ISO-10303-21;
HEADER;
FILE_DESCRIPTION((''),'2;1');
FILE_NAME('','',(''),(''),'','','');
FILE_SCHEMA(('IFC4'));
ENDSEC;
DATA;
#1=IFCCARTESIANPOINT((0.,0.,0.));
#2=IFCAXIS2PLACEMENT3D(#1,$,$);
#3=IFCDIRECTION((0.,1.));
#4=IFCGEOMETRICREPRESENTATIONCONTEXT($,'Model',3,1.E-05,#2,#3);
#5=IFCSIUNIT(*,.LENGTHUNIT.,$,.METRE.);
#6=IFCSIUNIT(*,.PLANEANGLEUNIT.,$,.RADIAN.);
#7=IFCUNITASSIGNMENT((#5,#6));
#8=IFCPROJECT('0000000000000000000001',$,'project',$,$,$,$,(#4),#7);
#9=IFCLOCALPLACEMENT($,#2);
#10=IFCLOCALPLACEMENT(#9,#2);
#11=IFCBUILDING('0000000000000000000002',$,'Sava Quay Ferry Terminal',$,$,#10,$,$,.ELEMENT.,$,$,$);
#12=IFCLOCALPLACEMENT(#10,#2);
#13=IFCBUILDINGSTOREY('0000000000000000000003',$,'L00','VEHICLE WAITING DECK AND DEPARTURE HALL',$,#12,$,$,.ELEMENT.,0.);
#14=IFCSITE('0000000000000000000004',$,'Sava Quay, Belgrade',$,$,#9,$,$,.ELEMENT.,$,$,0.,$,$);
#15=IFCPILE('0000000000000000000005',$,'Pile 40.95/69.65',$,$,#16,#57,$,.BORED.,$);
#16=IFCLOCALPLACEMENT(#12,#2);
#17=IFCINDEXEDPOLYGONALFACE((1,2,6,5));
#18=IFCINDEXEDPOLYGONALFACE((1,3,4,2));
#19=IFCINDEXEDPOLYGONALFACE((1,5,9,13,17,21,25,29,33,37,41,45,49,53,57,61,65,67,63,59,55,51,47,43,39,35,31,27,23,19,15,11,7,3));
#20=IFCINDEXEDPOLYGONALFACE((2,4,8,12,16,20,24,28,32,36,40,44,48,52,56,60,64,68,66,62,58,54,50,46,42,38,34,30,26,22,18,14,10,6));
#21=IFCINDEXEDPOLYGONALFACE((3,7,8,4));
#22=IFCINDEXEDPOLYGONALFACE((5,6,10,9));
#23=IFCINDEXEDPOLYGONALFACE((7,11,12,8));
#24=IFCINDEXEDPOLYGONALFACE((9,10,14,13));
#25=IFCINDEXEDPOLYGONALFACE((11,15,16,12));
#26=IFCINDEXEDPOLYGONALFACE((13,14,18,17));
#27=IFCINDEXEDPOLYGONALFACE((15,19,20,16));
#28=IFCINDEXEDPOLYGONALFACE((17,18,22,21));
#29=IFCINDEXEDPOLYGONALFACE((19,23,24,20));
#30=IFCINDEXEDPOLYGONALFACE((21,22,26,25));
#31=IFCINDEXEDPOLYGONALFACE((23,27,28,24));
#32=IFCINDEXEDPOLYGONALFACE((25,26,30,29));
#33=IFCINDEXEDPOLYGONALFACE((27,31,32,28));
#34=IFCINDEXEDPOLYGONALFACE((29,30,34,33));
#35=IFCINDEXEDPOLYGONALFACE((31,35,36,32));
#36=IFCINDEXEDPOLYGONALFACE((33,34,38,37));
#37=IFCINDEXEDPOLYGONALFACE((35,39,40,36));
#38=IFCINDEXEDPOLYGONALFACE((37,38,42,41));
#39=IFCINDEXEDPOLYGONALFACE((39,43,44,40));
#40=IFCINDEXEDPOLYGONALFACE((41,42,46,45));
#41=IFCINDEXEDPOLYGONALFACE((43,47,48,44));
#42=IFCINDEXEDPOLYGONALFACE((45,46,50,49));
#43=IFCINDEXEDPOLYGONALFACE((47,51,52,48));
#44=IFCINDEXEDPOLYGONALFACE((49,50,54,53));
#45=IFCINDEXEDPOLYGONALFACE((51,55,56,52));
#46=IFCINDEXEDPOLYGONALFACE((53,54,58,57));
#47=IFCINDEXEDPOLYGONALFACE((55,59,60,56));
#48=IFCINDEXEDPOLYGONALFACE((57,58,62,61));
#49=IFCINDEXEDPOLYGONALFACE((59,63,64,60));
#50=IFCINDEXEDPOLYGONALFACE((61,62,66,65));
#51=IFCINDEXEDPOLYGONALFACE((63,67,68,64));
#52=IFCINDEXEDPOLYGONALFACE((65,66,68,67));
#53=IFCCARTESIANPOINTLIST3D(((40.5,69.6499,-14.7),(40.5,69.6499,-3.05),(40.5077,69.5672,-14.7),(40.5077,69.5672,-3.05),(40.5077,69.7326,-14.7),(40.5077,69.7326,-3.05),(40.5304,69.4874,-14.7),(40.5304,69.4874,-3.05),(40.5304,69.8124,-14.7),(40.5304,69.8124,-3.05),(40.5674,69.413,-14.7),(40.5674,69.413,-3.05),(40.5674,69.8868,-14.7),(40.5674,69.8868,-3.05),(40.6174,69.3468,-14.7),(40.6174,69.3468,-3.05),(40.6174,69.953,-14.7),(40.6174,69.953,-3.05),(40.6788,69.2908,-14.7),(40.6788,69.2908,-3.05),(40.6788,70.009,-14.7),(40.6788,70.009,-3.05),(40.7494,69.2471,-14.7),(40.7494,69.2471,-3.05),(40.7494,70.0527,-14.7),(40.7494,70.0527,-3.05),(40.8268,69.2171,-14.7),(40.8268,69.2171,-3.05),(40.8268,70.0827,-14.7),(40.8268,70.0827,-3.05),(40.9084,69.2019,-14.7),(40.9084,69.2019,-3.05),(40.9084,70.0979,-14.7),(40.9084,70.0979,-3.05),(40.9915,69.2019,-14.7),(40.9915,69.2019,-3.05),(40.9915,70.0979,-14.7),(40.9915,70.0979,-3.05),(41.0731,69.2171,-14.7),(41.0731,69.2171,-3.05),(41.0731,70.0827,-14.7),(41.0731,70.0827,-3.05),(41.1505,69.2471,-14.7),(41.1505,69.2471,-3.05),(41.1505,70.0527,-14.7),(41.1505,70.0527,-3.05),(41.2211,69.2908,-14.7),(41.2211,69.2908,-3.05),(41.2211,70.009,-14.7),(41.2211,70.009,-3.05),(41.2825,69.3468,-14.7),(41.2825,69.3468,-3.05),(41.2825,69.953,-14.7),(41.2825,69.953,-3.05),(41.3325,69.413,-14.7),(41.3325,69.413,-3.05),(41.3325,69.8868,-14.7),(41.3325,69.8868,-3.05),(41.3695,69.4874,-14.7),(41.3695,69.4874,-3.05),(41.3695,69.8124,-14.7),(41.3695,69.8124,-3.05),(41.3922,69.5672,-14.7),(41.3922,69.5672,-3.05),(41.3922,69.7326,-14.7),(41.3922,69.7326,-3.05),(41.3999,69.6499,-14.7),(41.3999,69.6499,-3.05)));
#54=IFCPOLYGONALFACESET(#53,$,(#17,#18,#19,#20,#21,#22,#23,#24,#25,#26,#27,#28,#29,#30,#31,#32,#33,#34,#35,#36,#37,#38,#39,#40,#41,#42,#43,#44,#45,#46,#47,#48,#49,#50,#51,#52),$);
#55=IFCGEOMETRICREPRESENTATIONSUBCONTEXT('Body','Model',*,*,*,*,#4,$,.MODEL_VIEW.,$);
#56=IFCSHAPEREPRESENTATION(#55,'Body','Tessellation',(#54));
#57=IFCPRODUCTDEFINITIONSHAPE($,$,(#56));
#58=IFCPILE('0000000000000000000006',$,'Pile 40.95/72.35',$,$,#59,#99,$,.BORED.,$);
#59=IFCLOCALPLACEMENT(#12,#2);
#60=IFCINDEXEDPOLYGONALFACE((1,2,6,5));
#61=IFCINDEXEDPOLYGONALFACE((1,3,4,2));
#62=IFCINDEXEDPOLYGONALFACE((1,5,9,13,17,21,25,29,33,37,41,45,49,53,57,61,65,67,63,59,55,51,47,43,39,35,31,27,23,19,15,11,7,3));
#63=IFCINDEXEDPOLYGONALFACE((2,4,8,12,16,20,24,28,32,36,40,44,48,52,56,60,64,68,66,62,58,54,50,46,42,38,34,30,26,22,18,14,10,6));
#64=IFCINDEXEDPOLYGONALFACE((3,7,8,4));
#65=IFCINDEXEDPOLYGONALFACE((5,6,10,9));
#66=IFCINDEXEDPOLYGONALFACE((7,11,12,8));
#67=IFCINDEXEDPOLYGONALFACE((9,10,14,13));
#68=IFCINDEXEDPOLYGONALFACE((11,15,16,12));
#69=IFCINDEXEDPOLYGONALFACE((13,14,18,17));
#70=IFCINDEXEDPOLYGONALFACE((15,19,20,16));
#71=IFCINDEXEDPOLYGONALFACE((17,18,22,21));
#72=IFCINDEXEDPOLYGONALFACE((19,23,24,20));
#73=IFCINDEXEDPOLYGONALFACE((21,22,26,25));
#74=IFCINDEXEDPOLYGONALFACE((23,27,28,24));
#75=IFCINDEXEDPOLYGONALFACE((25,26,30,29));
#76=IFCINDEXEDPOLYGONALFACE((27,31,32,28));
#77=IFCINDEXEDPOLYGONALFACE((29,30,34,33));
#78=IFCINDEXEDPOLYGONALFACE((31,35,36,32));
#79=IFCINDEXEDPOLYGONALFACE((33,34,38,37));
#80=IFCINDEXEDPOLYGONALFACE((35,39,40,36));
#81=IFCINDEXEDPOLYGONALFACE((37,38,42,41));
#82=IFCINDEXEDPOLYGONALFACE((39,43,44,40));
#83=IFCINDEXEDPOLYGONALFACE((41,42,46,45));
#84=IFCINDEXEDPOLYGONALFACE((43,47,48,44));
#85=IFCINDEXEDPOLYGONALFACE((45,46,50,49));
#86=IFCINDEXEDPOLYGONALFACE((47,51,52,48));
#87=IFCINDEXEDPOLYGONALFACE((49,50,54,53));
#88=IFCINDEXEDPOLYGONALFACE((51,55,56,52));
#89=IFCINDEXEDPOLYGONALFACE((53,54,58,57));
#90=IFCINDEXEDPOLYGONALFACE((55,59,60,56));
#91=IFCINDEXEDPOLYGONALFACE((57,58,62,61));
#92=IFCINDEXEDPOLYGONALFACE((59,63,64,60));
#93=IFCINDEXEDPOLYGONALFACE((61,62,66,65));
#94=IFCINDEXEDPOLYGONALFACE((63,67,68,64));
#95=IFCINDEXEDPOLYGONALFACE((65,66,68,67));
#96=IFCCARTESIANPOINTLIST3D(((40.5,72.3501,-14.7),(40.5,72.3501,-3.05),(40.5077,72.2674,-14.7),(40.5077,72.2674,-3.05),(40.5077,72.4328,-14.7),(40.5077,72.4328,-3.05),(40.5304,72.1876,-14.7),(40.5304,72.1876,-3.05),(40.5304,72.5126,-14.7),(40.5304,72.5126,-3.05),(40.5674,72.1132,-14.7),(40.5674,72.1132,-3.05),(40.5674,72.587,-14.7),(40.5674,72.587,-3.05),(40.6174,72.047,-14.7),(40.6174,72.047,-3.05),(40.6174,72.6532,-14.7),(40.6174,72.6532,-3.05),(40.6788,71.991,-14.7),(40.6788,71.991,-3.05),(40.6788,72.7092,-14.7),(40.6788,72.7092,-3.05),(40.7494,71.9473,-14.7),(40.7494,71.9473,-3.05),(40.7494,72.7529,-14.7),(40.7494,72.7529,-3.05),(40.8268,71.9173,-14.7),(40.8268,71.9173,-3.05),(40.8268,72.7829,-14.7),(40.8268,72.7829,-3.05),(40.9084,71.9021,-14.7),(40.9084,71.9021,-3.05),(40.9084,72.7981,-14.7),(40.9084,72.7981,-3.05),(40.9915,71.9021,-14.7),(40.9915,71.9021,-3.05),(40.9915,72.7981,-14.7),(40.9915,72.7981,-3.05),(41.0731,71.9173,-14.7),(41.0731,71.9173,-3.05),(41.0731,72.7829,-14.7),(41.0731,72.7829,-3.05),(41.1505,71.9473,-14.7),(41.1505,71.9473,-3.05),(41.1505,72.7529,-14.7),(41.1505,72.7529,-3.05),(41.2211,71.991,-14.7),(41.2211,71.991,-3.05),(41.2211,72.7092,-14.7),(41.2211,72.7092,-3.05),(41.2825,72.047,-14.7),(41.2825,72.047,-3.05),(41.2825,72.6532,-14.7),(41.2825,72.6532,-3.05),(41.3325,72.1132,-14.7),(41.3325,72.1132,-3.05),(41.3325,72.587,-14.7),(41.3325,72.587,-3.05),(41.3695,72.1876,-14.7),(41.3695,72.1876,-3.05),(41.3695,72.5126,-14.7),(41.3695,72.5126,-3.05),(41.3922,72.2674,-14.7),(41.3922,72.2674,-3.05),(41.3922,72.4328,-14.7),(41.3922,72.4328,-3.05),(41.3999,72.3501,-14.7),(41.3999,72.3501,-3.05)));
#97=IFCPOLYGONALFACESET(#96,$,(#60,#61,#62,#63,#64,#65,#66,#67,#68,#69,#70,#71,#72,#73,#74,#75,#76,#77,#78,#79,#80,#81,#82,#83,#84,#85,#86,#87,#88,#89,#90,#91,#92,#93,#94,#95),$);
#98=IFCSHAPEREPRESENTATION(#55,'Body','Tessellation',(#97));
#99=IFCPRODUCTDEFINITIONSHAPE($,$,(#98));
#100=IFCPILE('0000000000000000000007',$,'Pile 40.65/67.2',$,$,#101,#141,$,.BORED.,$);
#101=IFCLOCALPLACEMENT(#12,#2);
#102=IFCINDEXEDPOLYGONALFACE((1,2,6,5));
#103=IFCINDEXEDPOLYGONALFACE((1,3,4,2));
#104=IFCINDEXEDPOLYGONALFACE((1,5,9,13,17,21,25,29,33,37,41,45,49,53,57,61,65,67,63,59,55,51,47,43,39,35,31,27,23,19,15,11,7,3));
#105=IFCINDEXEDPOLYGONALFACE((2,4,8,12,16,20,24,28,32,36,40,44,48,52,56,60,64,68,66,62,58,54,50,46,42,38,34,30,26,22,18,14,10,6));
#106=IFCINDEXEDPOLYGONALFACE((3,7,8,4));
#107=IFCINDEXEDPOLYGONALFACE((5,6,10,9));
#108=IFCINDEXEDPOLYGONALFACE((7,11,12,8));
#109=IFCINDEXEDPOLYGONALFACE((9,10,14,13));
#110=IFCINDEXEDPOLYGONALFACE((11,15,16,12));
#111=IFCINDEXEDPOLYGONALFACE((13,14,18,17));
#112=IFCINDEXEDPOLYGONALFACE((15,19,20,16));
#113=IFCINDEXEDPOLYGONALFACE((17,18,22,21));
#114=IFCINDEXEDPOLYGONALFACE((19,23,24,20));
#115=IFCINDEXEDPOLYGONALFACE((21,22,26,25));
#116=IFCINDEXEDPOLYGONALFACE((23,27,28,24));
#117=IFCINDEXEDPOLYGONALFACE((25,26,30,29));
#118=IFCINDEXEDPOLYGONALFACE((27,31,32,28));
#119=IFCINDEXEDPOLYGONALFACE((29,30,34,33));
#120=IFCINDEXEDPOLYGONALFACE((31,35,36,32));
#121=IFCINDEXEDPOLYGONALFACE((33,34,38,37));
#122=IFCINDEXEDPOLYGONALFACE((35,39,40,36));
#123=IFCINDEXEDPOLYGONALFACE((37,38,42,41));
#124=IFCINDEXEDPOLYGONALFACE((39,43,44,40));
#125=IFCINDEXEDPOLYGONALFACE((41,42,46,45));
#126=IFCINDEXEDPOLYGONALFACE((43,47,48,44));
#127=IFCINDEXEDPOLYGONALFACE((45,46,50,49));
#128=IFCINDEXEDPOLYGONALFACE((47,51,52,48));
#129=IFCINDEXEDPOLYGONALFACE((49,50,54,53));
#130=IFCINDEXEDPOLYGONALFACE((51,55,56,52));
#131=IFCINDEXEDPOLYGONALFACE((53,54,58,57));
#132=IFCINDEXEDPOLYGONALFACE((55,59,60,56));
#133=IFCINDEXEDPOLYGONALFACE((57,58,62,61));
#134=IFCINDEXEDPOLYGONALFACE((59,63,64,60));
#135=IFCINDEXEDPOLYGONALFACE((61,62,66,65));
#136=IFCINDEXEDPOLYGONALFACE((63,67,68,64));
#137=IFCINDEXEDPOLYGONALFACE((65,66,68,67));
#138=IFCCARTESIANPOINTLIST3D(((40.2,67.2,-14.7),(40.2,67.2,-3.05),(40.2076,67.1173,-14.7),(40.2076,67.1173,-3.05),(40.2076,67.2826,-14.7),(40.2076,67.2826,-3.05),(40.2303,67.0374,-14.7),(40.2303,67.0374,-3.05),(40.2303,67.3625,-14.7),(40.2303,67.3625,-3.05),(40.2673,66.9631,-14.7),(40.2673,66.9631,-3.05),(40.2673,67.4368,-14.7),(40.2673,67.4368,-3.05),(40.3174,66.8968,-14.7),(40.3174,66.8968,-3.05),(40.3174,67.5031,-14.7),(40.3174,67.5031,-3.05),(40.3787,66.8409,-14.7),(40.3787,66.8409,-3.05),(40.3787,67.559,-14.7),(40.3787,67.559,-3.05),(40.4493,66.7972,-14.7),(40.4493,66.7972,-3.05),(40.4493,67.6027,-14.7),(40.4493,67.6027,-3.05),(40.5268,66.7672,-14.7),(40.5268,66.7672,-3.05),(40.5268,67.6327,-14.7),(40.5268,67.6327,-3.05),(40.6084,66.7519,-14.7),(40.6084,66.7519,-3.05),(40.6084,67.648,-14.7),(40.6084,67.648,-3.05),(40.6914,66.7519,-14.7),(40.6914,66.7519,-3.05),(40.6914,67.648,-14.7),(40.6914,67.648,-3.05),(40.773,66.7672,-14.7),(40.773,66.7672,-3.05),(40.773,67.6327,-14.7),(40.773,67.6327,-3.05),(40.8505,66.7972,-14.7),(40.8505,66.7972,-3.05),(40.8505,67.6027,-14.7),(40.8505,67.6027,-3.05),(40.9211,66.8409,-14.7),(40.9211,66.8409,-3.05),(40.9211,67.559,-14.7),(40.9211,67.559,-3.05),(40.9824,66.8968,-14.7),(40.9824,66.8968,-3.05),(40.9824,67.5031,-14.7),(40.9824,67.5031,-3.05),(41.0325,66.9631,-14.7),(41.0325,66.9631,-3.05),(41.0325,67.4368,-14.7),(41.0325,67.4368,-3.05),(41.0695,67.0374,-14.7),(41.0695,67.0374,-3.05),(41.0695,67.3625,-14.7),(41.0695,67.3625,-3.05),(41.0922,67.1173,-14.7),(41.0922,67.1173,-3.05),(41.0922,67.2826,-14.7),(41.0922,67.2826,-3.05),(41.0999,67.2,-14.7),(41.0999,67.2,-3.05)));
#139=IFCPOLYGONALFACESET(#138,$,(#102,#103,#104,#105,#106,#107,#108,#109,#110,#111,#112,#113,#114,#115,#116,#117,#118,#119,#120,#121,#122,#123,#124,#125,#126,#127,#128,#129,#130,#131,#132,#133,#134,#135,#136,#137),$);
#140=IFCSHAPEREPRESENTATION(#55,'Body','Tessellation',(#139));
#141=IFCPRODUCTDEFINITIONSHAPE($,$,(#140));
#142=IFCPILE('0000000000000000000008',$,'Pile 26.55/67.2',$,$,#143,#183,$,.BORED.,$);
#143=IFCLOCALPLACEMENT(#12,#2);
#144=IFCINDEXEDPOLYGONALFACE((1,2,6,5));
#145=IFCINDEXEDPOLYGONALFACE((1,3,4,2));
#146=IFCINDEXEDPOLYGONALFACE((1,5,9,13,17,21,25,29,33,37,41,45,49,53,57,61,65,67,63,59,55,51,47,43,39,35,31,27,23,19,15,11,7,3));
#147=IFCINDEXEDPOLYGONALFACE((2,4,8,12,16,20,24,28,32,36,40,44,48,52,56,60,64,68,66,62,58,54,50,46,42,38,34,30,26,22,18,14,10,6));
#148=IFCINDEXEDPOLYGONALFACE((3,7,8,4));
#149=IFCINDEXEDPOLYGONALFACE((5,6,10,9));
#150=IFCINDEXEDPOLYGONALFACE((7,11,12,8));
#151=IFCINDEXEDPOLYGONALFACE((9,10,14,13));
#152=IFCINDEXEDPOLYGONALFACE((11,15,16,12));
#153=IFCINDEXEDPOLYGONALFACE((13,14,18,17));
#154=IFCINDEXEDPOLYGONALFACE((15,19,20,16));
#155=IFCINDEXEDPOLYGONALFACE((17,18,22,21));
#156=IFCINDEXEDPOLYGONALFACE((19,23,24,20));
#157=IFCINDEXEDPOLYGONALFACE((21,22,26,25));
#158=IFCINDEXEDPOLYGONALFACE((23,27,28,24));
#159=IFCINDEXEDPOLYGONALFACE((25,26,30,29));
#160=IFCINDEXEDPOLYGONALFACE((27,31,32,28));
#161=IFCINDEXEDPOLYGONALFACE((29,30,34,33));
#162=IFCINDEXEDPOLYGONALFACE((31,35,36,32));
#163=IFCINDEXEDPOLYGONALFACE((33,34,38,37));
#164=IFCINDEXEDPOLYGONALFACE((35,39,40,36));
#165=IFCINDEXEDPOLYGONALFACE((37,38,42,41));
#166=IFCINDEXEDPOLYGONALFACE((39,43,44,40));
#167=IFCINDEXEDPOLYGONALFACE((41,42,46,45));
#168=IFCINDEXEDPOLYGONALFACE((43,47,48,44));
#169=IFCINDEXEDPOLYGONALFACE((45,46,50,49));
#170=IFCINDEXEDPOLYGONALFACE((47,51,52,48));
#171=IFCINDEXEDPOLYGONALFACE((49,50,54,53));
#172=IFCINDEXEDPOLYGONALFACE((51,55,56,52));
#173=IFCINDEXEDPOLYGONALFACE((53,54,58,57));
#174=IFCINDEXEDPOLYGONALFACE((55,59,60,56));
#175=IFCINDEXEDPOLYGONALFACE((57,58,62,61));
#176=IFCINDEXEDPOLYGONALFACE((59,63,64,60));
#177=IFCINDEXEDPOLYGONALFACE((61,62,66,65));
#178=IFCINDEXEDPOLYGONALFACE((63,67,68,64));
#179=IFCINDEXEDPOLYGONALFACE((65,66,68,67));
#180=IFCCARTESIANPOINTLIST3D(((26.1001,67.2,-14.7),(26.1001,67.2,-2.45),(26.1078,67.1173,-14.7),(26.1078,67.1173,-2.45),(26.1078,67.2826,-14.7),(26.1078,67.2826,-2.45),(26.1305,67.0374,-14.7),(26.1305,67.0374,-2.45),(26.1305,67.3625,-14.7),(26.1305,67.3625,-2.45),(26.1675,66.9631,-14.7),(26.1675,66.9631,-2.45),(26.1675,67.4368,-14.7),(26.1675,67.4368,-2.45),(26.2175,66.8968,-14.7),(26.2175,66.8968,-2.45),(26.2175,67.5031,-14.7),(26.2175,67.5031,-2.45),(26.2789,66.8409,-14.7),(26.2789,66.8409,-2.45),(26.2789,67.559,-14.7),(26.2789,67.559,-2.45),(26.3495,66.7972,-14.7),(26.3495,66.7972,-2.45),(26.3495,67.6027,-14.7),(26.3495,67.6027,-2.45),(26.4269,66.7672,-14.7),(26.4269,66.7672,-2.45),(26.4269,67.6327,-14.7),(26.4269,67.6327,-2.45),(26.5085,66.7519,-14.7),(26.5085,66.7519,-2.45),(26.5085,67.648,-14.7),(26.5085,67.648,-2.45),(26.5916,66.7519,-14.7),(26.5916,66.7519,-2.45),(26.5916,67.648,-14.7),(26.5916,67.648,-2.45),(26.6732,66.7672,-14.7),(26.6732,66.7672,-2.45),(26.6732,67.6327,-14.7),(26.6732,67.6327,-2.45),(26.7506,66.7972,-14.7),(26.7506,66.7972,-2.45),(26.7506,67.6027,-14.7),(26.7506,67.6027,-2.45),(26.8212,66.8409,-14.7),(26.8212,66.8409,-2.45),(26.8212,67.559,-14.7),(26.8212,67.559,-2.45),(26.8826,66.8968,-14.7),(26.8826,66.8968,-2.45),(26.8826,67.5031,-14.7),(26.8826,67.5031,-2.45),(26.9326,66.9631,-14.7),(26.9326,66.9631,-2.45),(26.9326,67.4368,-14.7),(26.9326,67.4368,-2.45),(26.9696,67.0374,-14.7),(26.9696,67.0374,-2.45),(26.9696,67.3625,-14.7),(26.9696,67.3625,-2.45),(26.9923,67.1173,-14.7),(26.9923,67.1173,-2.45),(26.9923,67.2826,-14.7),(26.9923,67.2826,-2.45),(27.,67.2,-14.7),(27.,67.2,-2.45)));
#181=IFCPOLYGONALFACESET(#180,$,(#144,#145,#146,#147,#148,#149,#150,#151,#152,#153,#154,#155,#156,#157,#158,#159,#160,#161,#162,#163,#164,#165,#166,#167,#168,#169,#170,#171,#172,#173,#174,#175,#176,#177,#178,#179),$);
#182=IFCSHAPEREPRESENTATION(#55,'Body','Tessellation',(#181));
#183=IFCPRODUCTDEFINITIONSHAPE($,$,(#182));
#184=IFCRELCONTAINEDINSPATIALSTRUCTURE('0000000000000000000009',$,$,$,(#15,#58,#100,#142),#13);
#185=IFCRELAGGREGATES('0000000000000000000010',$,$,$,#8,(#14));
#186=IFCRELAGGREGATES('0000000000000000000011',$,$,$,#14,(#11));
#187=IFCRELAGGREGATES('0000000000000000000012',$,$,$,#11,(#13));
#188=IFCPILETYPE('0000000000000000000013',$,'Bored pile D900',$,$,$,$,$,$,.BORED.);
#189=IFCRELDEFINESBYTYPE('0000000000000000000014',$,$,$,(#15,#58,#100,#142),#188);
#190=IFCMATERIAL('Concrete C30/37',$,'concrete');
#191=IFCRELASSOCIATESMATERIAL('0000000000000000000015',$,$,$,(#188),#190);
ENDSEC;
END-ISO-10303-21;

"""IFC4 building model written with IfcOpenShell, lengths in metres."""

from ifc_helpers import new_model, si_unit, direction, frame, origin, origin_2d, place, context, subcontext, project, spatial, circle, extrude, material, material_profile, profile_set, type_object, element, save


model = new_model("IFC4")

# Units and contexts
model_context = context("Model", 3, precision=1e-05, world=origin(), true_north=direction((0.0, 1.0)))
body_context = subcontext(model_context, "Body", "Model", "MODEL_VIEW")
ifc_project = project(units=[si_unit("LENGTHUNIT", "METRE"), si_unit("PLANEANGLEUNIT", "RADIAN")], contexts=[model_context])

# Site, building, storey
site_placement = place(None, origin())
site = spatial("IfcSite", under=ifc_project, at=site_placement, Name="Sava Quay, Belgrade", CompositionType="ELEMENT", RefElevation=0.0)
building_placement = place(site_placement, origin())
building = spatial("IfcBuilding", under=site, at=building_placement, Name="Sava Quay Ferry Terminal", CompositionType="ELEMENT")
storey_placement = place(building_placement, origin())
storey = spatial("IfcBuildingStorey", under=building, at=storey_placement, Name="L00", Description="VEHICLE WAITING DECK AND DEPARTURE HALL", CompositionType="ELEMENT", Elevation=0.0)

# Piles
ifc_material_1 = material(Name="Concrete C30/37", Category="concrete")
ifc_material_profile_1 = material_profile(ifc_material_1, circle(Radius=0.45, at=origin_2d()), Name="Bored pile D900")
ifc_profile_set_1 = profile_set([ifc_material_profile_1], Name="Concrete C30/37")
pile_type = type_object("IfcPileType", Name="Bored pile D900", PredefinedType="BORED", material=ifc_profile_set_1)
for number, where, z_axis, x_axis, name in (
    (1, (40.95, 69.6499, -3.05), (0.0, 0.0, -1.0), (1.0, 0.0, 0.0), "Pile 40.95/69.65"),
    (2, (40.95, 72.3501, -3.05), (0.0, 0.0, -1.0), (1.0, 0.0, 0.0), "Pile 40.95/72.35"),
    (3, (40.6499, 67.2, -3.05), (0.0, 0.0, -1.0), (1.0, 0.0, 0.0), "Pile 40.65/67.2"),
):
    element("IfcPile", number, at=place(storey_placement, frame(where, z_axis=z_axis, x_axis=x_axis)), inside=storey, type_object=pile_type, Name=name, PredefinedType="BORED", context=body_context, shape_type="SweptSolid", body=[
        extrude(circle(Radius=0.45, at=origin_2d()), origin(), (0.0, 0.0, 1.0), 11.6499),
    ])
for number, where, z_axis, x_axis, name in (
    (4, (26.55, 67.2, -2.45), (0.0, 0.0, -1.0), (1.0, 0.0, 0.0), "Pile 26.55/67.2"),
):
    element("IfcPile", number, at=place(storey_placement, frame(where, z_axis=z_axis, x_axis=x_axis)), inside=storey, type_object=pile_type, Name=name, PredefinedType="BORED", context=body_context, shape_type="SweptSolid", body=[
        extrude(circle(Radius=0.45, at=origin_2d()), origin(), (0.0, 0.0, 1.0), 12.25),
    ])

save(model, "model.ifc")
